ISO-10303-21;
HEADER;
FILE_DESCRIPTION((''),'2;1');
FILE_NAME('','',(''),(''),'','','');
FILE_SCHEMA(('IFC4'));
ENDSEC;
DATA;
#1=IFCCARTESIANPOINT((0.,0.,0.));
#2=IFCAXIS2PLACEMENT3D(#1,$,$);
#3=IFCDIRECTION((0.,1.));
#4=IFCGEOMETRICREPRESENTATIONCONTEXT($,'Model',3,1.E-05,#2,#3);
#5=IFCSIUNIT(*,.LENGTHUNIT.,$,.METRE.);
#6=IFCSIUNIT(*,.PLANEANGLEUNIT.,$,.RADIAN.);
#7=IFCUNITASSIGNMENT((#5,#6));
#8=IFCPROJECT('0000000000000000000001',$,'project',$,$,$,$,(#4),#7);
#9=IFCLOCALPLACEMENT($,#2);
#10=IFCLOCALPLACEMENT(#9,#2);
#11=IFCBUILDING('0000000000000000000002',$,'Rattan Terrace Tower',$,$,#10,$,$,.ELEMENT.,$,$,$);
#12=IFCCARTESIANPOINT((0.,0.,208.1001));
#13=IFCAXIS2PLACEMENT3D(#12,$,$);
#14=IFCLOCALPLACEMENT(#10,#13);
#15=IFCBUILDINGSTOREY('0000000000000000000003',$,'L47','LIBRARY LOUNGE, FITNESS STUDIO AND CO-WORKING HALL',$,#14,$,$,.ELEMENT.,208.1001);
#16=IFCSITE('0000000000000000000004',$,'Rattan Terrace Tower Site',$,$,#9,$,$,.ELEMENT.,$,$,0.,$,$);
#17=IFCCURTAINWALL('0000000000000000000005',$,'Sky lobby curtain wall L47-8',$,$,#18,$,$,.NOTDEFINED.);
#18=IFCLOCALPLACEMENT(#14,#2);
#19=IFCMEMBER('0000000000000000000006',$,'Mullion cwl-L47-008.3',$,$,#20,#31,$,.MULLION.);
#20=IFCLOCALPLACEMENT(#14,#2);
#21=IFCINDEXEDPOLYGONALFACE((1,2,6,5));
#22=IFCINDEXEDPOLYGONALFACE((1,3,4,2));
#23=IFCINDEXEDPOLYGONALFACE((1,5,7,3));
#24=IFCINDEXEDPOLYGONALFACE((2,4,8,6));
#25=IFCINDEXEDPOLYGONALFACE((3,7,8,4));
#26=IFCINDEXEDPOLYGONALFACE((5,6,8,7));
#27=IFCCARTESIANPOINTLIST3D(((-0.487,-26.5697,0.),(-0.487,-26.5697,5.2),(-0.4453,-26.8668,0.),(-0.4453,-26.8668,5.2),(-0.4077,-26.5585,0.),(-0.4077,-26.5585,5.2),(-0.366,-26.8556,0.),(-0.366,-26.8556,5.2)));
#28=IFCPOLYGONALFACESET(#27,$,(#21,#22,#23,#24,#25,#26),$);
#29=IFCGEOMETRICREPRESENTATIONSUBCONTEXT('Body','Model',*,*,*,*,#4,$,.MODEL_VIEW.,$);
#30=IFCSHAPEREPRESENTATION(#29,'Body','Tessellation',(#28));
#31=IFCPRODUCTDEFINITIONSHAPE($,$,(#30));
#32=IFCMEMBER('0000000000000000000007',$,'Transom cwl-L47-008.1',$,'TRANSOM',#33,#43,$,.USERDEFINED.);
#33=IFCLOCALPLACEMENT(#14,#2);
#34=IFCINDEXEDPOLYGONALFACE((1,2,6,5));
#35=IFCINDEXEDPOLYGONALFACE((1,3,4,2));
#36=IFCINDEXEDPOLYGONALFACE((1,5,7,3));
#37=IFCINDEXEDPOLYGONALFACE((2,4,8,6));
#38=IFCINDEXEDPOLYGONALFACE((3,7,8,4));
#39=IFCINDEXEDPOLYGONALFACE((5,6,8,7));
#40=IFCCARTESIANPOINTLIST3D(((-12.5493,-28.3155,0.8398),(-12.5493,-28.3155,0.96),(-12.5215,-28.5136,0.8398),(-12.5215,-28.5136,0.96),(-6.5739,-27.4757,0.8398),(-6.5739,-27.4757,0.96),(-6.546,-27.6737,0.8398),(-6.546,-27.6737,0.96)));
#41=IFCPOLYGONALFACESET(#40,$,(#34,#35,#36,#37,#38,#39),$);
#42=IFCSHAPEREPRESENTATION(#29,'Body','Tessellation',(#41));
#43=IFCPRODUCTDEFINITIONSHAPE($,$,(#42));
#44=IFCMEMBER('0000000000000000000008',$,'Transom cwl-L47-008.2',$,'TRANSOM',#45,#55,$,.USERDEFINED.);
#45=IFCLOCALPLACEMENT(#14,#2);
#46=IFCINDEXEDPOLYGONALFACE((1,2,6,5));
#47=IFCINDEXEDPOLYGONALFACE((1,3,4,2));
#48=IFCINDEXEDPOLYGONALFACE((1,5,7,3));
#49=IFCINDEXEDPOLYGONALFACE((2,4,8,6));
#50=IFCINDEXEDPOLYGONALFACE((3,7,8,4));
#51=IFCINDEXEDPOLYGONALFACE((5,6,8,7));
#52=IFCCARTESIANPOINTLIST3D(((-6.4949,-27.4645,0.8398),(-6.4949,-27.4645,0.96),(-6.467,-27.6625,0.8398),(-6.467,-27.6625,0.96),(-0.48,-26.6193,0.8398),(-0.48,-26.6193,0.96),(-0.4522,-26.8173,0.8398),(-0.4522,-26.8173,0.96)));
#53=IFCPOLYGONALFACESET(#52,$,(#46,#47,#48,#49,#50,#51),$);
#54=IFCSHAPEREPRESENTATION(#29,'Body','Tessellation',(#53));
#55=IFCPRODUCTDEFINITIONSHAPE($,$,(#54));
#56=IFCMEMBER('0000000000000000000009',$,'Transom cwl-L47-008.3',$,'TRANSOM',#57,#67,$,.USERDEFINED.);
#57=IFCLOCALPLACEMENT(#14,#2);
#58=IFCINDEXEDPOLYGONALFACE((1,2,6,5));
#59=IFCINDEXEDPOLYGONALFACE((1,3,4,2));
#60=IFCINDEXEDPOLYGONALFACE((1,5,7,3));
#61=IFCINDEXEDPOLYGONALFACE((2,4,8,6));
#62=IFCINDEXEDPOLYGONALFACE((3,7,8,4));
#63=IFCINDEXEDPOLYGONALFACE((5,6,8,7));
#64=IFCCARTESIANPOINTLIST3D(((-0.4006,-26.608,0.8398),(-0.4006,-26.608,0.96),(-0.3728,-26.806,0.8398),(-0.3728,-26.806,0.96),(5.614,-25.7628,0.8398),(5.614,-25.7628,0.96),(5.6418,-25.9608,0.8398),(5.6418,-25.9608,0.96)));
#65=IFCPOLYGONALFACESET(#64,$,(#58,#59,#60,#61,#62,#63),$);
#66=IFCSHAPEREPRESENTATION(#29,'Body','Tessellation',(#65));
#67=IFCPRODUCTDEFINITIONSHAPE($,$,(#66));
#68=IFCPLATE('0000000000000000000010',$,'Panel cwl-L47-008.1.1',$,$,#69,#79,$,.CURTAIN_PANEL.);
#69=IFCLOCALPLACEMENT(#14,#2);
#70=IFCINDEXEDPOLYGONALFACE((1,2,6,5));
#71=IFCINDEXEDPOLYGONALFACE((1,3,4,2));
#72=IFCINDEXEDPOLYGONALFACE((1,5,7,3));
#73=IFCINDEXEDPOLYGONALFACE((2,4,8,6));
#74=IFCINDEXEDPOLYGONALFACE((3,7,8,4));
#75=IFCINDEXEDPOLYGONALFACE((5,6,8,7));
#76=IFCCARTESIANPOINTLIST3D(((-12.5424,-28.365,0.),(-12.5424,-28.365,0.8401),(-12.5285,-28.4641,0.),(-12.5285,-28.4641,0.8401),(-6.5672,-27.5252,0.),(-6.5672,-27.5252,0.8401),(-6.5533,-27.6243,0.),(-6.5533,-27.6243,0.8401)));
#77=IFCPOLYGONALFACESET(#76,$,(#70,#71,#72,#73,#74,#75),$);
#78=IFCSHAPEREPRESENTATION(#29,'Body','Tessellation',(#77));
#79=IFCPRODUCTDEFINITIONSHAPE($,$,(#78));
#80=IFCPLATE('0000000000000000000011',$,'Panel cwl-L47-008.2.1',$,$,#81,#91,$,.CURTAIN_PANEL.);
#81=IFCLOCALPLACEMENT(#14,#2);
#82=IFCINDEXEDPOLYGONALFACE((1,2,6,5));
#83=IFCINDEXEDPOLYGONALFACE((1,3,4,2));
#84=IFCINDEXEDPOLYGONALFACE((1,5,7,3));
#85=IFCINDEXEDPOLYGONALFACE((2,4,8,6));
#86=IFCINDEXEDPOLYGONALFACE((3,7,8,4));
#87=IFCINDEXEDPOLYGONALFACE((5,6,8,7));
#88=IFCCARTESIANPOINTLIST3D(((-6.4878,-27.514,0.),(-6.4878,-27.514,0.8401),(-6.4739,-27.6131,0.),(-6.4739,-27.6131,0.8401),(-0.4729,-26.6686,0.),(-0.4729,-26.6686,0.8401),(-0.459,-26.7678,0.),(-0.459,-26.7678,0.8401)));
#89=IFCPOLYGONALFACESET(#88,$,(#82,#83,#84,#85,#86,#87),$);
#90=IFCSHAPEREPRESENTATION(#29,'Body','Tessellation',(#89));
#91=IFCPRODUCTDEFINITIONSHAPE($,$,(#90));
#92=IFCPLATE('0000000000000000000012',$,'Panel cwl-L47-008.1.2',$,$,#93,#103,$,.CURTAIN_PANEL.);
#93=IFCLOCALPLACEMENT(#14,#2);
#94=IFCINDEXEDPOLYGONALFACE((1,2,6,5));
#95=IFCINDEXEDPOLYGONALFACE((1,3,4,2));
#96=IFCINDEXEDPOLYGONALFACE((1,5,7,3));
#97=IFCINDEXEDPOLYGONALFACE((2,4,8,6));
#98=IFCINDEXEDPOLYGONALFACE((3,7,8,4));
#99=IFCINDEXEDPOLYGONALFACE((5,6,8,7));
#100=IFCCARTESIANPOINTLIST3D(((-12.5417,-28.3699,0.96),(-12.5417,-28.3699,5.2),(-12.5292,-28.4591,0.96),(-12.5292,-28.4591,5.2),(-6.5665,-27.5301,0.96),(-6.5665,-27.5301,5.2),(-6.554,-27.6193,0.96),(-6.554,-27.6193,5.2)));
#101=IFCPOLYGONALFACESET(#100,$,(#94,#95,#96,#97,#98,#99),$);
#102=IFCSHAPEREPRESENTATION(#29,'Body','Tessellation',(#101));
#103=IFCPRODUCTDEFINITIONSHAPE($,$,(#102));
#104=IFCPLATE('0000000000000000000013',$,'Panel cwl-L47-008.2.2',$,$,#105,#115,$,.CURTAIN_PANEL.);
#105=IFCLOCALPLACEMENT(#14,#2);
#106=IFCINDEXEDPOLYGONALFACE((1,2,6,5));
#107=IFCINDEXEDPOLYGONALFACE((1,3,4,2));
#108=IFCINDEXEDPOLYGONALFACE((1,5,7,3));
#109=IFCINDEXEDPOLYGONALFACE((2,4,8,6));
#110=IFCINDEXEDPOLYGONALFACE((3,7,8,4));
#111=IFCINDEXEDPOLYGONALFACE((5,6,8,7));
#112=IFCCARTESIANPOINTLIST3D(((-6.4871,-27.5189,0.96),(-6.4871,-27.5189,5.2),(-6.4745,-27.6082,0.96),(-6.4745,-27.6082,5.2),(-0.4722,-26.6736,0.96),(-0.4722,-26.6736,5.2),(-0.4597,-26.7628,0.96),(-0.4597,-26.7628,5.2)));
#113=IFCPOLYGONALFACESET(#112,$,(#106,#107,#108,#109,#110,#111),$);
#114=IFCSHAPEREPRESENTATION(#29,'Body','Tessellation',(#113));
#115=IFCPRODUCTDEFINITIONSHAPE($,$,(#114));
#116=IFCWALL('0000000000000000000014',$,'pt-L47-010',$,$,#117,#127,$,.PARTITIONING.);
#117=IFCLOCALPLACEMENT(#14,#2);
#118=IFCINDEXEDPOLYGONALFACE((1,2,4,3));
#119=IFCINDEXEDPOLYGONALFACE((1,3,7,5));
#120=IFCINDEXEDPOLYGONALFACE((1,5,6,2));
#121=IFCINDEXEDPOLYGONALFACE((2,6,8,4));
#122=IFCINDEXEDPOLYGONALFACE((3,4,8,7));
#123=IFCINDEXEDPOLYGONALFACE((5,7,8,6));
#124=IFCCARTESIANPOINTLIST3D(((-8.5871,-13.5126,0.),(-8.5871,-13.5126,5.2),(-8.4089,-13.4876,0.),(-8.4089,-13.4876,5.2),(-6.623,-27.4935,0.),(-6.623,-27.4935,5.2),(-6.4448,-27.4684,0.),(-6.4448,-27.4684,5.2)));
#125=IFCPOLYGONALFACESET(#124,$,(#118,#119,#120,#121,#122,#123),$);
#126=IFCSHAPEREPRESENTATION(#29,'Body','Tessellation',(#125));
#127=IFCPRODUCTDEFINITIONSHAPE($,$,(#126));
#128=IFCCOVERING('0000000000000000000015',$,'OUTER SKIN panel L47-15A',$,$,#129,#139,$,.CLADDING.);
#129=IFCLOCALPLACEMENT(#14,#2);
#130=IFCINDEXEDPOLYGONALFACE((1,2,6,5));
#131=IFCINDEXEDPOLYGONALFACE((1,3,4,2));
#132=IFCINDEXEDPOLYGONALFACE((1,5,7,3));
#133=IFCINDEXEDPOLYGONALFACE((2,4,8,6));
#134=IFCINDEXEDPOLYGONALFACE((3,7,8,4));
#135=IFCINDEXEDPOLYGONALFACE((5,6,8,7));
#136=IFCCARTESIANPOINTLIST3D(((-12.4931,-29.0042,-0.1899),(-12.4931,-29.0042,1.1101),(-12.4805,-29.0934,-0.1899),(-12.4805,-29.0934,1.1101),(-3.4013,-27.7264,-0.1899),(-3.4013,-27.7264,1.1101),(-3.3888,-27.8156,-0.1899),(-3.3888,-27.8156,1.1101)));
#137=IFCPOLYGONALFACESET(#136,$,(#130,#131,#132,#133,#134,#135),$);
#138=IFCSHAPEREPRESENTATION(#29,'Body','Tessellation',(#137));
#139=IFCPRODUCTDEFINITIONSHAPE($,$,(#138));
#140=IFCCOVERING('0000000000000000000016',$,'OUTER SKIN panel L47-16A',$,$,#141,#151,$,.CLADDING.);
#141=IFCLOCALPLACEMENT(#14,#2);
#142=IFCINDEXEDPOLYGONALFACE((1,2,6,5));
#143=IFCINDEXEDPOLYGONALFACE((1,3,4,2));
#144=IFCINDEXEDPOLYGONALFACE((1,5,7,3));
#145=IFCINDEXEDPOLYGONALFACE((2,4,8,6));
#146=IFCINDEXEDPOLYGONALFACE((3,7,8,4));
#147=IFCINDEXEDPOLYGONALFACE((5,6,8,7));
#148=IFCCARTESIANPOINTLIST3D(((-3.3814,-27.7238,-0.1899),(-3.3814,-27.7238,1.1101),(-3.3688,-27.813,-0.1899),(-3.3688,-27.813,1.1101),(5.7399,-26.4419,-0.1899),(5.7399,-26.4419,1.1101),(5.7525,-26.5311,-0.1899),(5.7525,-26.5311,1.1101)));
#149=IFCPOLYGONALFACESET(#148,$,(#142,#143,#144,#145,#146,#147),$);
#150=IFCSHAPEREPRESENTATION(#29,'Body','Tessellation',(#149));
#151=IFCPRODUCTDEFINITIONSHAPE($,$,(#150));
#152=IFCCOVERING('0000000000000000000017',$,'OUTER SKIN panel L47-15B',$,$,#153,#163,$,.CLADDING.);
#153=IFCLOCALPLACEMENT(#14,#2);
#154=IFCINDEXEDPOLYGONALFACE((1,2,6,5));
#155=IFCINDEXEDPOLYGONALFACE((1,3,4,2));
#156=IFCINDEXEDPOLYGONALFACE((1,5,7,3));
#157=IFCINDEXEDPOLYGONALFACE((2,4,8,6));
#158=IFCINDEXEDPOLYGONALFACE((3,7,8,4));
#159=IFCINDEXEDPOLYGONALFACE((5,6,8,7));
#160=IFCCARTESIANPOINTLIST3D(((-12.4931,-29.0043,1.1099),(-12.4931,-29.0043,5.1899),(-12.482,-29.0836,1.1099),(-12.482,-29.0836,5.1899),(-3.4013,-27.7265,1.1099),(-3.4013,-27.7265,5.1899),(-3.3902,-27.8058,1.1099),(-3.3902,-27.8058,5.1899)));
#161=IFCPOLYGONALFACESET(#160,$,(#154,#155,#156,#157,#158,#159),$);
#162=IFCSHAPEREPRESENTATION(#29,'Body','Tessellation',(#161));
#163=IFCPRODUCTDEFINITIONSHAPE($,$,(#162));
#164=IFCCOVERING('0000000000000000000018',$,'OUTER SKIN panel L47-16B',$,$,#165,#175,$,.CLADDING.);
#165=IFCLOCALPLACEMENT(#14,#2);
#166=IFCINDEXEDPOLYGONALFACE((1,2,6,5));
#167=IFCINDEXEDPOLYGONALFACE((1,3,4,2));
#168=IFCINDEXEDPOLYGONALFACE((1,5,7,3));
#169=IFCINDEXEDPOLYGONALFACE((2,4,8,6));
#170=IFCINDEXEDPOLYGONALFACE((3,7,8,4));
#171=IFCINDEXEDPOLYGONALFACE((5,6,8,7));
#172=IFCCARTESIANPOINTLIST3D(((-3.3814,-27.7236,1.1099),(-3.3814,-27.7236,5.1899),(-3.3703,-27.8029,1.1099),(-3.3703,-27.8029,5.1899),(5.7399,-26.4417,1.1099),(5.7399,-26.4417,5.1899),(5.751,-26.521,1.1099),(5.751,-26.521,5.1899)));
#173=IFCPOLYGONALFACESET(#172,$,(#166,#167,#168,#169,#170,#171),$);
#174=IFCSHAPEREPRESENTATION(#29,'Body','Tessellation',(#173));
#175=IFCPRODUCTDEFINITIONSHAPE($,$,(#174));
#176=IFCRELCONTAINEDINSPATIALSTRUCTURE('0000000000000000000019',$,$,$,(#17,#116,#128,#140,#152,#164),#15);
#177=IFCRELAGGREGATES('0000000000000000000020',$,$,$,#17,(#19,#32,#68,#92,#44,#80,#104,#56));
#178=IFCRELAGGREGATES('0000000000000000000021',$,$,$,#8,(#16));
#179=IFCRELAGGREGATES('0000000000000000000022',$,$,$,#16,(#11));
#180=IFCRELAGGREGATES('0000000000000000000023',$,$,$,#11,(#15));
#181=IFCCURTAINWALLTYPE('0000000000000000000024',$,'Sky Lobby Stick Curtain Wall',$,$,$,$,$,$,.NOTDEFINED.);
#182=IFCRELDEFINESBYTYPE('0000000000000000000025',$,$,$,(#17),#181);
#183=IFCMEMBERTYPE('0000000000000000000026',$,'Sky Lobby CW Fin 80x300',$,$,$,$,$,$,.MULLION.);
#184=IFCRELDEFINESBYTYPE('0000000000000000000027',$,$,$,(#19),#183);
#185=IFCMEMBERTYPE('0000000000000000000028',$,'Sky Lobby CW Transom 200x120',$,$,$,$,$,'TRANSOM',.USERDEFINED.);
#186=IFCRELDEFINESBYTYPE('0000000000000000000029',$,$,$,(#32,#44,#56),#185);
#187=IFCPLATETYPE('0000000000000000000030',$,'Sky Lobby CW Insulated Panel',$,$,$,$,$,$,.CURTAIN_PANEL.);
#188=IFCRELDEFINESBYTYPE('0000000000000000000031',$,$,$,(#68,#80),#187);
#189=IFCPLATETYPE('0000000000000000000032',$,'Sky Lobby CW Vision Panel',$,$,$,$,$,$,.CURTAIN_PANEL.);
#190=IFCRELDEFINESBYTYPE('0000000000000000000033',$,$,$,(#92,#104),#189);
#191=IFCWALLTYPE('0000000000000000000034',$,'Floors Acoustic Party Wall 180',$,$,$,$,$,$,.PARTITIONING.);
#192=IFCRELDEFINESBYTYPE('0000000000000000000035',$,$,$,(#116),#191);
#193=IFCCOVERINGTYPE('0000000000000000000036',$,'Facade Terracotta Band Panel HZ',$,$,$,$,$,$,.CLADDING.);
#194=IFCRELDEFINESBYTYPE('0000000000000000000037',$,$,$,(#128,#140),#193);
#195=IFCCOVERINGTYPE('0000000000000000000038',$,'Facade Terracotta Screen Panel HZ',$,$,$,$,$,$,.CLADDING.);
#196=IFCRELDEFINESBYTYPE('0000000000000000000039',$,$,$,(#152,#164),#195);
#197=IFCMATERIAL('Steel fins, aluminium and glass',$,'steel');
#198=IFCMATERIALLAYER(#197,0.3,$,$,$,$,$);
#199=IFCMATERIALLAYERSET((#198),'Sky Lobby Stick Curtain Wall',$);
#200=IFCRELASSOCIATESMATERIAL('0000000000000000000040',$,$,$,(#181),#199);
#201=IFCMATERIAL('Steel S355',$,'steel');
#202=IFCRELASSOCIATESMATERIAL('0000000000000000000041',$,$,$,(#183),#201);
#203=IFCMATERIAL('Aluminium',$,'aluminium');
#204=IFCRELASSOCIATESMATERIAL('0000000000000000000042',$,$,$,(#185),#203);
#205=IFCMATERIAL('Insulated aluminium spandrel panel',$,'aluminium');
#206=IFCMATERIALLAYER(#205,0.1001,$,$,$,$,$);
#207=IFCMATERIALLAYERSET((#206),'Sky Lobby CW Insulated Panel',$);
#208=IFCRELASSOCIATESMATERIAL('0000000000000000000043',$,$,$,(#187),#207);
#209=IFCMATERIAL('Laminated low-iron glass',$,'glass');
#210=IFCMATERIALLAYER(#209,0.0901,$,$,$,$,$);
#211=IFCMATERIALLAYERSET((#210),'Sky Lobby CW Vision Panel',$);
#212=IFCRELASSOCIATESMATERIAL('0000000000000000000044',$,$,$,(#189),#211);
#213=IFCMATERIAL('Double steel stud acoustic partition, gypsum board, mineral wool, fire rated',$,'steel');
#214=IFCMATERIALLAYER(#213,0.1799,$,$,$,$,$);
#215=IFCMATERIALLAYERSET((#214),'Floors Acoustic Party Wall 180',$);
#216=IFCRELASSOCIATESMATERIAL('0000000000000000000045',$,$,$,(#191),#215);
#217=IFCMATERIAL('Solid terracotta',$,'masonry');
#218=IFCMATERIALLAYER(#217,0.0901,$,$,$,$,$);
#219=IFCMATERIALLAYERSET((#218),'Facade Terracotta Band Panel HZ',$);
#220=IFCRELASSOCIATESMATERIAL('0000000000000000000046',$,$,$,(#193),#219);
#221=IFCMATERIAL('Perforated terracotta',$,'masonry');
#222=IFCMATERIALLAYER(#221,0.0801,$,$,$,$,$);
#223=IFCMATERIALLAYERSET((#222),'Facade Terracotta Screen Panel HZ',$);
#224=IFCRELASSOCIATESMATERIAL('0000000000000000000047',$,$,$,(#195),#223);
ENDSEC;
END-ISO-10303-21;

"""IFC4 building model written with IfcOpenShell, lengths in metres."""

from ifc_helpers import new_model, si_unit, direction, frame, frame_2d, origin, origin_2d, place, context, subcontext, project, spatial, rectangle, extrude, material, layer, layer_set, material_profile, profile_set, type_object, element, aggregate, save


model = new_model("IFC4")

# Units and contexts
model_context = context("Model", 3, precision=1e-05, world=origin(), true_north=direction((0.0, 1.0)))
body_context = subcontext(model_context, "Body", "Model", "MODEL_VIEW")
ifc_project = project(units=[si_unit("LENGTHUNIT", "METRE"), si_unit("PLANEANGLEUNIT", "RADIAN")], contexts=[model_context])

# Site, building, storey
site_placement = place(None, origin())
site = spatial("IfcSite", under=ifc_project, at=site_placement, Name="Rattan Terrace Tower Site", CompositionType="ELEMENT", RefElevation=0.0)
building_placement = place(site_placement, origin())
building = spatial("IfcBuilding", under=site, at=building_placement, Name="Rattan Terrace Tower", CompositionType="ELEMENT")
storey_placement = place(building_placement, frame((0.0, 0.0, 208.1001)))
storey = spatial("IfcBuildingStorey", under=building, at=storey_placement, Name="L47", Description="LIBRARY LOUNGE, FITNESS STUDIO AND CO-WORKING HALL", CompositionType="ELEMENT", Elevation=208.1001)

# Curtain wall, members, plates
ifc_material_1 = material(Name="Steel fins, aluminium and glass", Category="steel")
ifc_layer_1 = layer(ifc_material_1, 0.3)
ifc_layer_set_1 = layer_set([ifc_layer_1], Name="Sky Lobby Stick Curtain Wall")
curtain_wall_type = type_object("IfcCurtainWallType", Name="Sky Lobby Stick Curtain Wall", PredefinedType="NOTDEFINED", material=ifc_layer_set_1)
curtain_wall_placement = place(storey_placement, origin())
curtain_wall = element("IfcCurtainWall", 1, at=curtain_wall_placement, inside=storey, type_object=curtain_wall_type, Name="Sky lobby curtain wall L47-8", PredefinedType="NOTDEFINED")
ifc_material_2 = material(Name="Steel S355", Category="steel")
ifc_material_profile_1 = material_profile(ifc_material_2, rectangle(XDim=0.0801, YDim=0.3, at=origin_2d()), Name="Steel S355 80x300")
ifc_profile_set_1 = profile_set([ifc_material_profile_1], Name="Steel S355")
member_type_1 = type_object("IfcMemberType", Name="Sky Lobby CW Fin 80x300", PredefinedType="MULLION", material=ifc_profile_set_1)
member_1_placement = place(storey_placement, frame((-0.4265, -26.7126, 0.0), z_axis=(0.0, 0.0, 1.0), x_axis=(0.990267, 0.139177, 0.0)))
member_1 = element("IfcMember", 2, at=member_1_placement, type_object=member_type_1, Name="Mullion cwl-L47-008.3", PredefinedType="MULLION", context=body_context, shape_type="SweptSolid", body=[
    extrude(rectangle(XDim=0.0801, YDim=0.3, at=origin_2d()), origin(), (0.0, 0.0, 1.0), 5.2),
])
ifc_material_3 = material(Name="Aluminium", Category="aluminium")
ifc_material_profile_2 = material_profile(ifc_material_3, rectangle(XDim=0.2, YDim=0.1201, at=origin_2d()), Name="Aluminium 200x120")
ifc_profile_set_2 = profile_set([ifc_material_profile_2], Name="Aluminium")
member_type_2 = type_object("IfcMemberType", Name="Sky Lobby CW Transom 200x120", ElementType="TRANSOM", PredefinedType="USERDEFINED", material=ifc_profile_set_2)
member_2_placement = place(storey_placement, frame((-12.5354, -28.4146, 0.8999), z_axis=(0.990267, 0.139184, 0.0), x_axis=(-0.139184, 0.990267, 0.0)))
member_2 = element("IfcMember", 3, at=member_2_placement, type_object=member_type_2, Name="Transom cwl-L47-008.1", ObjectType="TRANSOM", PredefinedType="USERDEFINED", context=body_context, shape_type="SweptSolid", body=[
    extrude(rectangle(XDim=0.2, YDim=0.1201, at=origin_2d()), origin(), (0.0, 0.0, 1.0), 6.0342),
])
member_3_placement = place(storey_placement, frame((-6.481, -27.5635, 0.8999), z_axis=(0.990271, 0.139153, 0.0), x_axis=(-0.139153, 0.990271, 0.0)))
member_3 = element("IfcMember", 4, at=member_3_placement, type_object=member_type_2, Name="Transom cwl-L47-008.2", ObjectType="TRANSOM", PredefinedType="USERDEFINED", context=body_context, shape_type="SweptSolid", body=[
    extrude(rectangle(XDim=0.2, YDim=0.1201, at=origin_2d()), origin(), (0.0, 0.0, 1.0), 6.074),
])
member_4_placement = place(storey_placement, frame((-0.3867, -26.707, 0.8999), z_axis=(0.99027, 0.139159, 0.0), x_axis=(-0.139159, 0.99027, 0.0)))
member_4 = element("IfcMember", 5, at=member_4_placement, type_object=member_type_2, Name="Transom cwl-L47-008.3", ObjectType="TRANSOM", PredefinedType="USERDEFINED", context=body_context, shape_type="SweptSolid", body=[
    extrude(rectangle(XDim=0.2, YDim=0.1201, at=origin_2d()), origin(), (0.0, 0.0, 1.0), 6.0737),
])
ifc_material_4 = material(Name="Insulated aluminium spandrel panel", Category="aluminium")
ifc_layer_2 = layer(ifc_material_4, 0.1001)
ifc_layer_set_2 = layer_set([ifc_layer_2], Name="Sky Lobby CW Insulated Panel")
plate_type_1 = type_object("IfcPlateType", Name="Sky Lobby CW Insulated Panel", PredefinedType="CURTAIN_PANEL", material=ifc_layer_set_2)
plate_1_placement = place(storey_placement, frame((-9.5479, -27.9946, 0.0), z_axis=(0.0, 0.0, 1.0), x_axis=(0.990267, 0.139177, 0.0)))
plate_1 = element("IfcPlate", 6, at=plate_1_placement, type_object=plate_type_1, Name="Panel cwl-L47-008.1.1", PredefinedType="CURTAIN_PANEL", context=body_context, shape_type="SweptSolid", body=[
    extrude(rectangle(XDim=6.0339, YDim=0.1001, at=origin_2d()), origin(), (0.0, 0.0, 1.0), 0.8401),
])
plate_2_placement = place(storey_placement, frame((-3.4734, -27.1409, 0.0), z_axis=(0.0, 0.0, 1.0), x_axis=(0.990267, 0.139177, 0.0)))
plate_2 = element("IfcPlate", 7, at=plate_2_placement, type_object=plate_type_1, Name="Panel cwl-L47-008.2.1", PredefinedType="CURTAIN_PANEL", context=body_context, shape_type="SweptSolid", body=[
    extrude(rectangle(XDim=6.074, YDim=0.1001, at=origin_2d()), origin(), (0.0, 0.0, 1.0), 0.8401),
])
ifc_material_5 = material(Name="Laminated low-iron glass", Category="glass")
ifc_layer_3 = layer(ifc_material_5, 0.0901)
ifc_layer_set_3 = layer_set([ifc_layer_3], Name="Sky Lobby CW Vision Panel")
plate_type_2 = type_object("IfcPlateType", Name="Sky Lobby CW Vision Panel", PredefinedType="CURTAIN_PANEL", material=ifc_layer_set_3)
plate_3_placement = place(storey_placement, frame((-9.5479, -27.9946, 0.96), z_axis=(0.0, 0.0, 1.0), x_axis=(0.990267, 0.139177, 0.0)))
plate_3 = element("IfcPlate", 8, at=plate_3_placement, type_object=plate_type_2, Name="Panel cwl-L47-008.1.2", PredefinedType="CURTAIN_PANEL", context=body_context, shape_type="SweptSolid", body=[
    extrude(rectangle(XDim=6.0339, YDim=0.0901, at=origin_2d()), origin(), (0.0, 0.0, 1.0), 4.24),
])
plate_4_placement = place(storey_placement, frame((-3.4734, -27.1409, 0.96), z_axis=(0.0, 0.0, 1.0), x_axis=(0.990267, 0.139177, 0.0)))
plate_4 = element("IfcPlate", 9, at=plate_4_placement, type_object=plate_type_2, Name="Panel cwl-L47-008.2.2", PredefinedType="CURTAIN_PANEL", context=body_context, shape_type="SweptSolid", body=[
    extrude(rectangle(XDim=6.074, YDim=0.0901, at=origin_2d()), origin(), (0.0, 0.0, 1.0), 4.24),
])
aggregate(curtain_wall, [member_1, member_2, plate_1, plate_3, member_3, plate_2, plate_4, member_4])

# Wall
ifc_material_6 = material(Name="Double steel stud acoustic partition, gypsum board, mineral wool, fire rated", Category="steel")
ifc_layer_4 = layer(ifc_material_6, 0.1799)
ifc_layer_set_4 = layer_set([ifc_layer_4], Name="Floors Acoustic Party Wall 180")
wall_type = type_object("IfcWallType", Name="Floors Acoustic Party Wall 180", PredefinedType="PARTITIONING", material=ifc_layer_set_4)
wall_placement = place(storey_placement, frame((-6.5339, -27.481, 0.0), z_axis=(0.0, 0.0, 1.0), x_axis=(-0.139119, 0.990276, 0.0)))
element("IfcWall", 10, at=wall_placement, inside=storey, type_object=wall_type, Name="pt-L47-010", PredefinedType="PARTITIONING", context=body_context, shape_type="SweptSolid", body=[
    extrude(rectangle(XDim=14.1182, YDim=0.1799, at=frame_2d((7.0591, 0.0))), origin(), (0.0, 0.0, 1.0), 5.2),
])

# Coverings
ifc_material_7 = material(Name="Solid terracotta", Category="masonry")
ifc_layer_5 = layer(ifc_material_7, 0.0901)
ifc_layer_set_5 = layer_set([ifc_layer_5], Name="Facade Terracotta Band Panel HZ")
covering_type_1 = type_object("IfcCoveringType", Name="Facade Terracotta Band Panel HZ", PredefinedType="CLADDING", material=ifc_layer_set_5)
covering_1_placement = place(storey_placement, frame((-7.9409, -28.4099, -0.1899), z_axis=(0.0, 0.0, 1.0), x_axis=(0.990267, 0.139177, 0.0)))
element("IfcCovering", 11, at=covering_1_placement, inside=storey, type_object=covering_type_1, Name="OUTER SKIN panel L47-15A", PredefinedType="CLADDING", context=body_context, shape_type="SweptSolid", body=[
    extrude(rectangle(XDim=9.1812, YDim=0.0901, at=origin_2d()), origin(), (0.0, 0.0, 1.0), 1.3),
])
covering_2_placement = place(storey_placement, frame((1.1855, -27.1274, -0.1899), z_axis=(0.0, 0.0, 1.0), x_axis=(0.990267, 0.139177, 0.0)))
element("IfcCovering", 12, at=covering_2_placement, inside=storey, type_object=covering_type_1, Name="OUTER SKIN panel L47-16A", PredefinedType="CLADDING", context=body_context, shape_type="SweptSolid", body=[
    extrude(rectangle(XDim=9.2109, YDim=0.0901, at=origin_2d()), origin(), (0.0, 0.0, 1.0), 1.3),
])
ifc_material_8 = material(Name="Perforated terracotta", Category="masonry")
ifc_layer_6 = layer(ifc_material_8, 0.0801)
ifc_layer_set_6 = layer_set([ifc_layer_6], Name="Facade Terracotta Screen Panel HZ")
covering_type_2 = type_object("IfcCoveringType", Name="Facade Terracotta Screen Panel HZ", PredefinedType="CLADDING", material=ifc_layer_set_6)
covering_3_placement = place(storey_placement, frame((-7.9417, -28.405, 1.1099), z_axis=(0.0, 0.0, 1.0), x_axis=(0.990267, 0.139177, 0.0)))
element("IfcCovering", 13, at=covering_3_placement, inside=storey, type_object=covering_type_2, Name="OUTER SKIN panel L47-15B", PredefinedType="CLADDING", context=body_context, shape_type="SweptSolid", body=[
    extrude(rectangle(XDim=9.1812, YDim=0.0801, at=origin_2d()), origin(), (0.0, 0.0, 1.0), 4.0801),
])
covering_4_placement = place(storey_placement, frame((1.1848, -27.1223, 1.1099), z_axis=(0.0, 0.0, 1.0), x_axis=(0.990267, 0.139177, 0.0)))
element("IfcCovering", 14, at=covering_4_placement, inside=storey, type_object=covering_type_2, Name="OUTER SKIN panel L47-16B", PredefinedType="CLADDING", context=body_context, shape_type="SweptSolid", body=[
    extrude(rectangle(XDim=9.2109, YDim=0.0801, at=origin_2d()), origin(), (0.0, 0.0, 1.0), 4.0801),
])

save(model, "model.ifc")
